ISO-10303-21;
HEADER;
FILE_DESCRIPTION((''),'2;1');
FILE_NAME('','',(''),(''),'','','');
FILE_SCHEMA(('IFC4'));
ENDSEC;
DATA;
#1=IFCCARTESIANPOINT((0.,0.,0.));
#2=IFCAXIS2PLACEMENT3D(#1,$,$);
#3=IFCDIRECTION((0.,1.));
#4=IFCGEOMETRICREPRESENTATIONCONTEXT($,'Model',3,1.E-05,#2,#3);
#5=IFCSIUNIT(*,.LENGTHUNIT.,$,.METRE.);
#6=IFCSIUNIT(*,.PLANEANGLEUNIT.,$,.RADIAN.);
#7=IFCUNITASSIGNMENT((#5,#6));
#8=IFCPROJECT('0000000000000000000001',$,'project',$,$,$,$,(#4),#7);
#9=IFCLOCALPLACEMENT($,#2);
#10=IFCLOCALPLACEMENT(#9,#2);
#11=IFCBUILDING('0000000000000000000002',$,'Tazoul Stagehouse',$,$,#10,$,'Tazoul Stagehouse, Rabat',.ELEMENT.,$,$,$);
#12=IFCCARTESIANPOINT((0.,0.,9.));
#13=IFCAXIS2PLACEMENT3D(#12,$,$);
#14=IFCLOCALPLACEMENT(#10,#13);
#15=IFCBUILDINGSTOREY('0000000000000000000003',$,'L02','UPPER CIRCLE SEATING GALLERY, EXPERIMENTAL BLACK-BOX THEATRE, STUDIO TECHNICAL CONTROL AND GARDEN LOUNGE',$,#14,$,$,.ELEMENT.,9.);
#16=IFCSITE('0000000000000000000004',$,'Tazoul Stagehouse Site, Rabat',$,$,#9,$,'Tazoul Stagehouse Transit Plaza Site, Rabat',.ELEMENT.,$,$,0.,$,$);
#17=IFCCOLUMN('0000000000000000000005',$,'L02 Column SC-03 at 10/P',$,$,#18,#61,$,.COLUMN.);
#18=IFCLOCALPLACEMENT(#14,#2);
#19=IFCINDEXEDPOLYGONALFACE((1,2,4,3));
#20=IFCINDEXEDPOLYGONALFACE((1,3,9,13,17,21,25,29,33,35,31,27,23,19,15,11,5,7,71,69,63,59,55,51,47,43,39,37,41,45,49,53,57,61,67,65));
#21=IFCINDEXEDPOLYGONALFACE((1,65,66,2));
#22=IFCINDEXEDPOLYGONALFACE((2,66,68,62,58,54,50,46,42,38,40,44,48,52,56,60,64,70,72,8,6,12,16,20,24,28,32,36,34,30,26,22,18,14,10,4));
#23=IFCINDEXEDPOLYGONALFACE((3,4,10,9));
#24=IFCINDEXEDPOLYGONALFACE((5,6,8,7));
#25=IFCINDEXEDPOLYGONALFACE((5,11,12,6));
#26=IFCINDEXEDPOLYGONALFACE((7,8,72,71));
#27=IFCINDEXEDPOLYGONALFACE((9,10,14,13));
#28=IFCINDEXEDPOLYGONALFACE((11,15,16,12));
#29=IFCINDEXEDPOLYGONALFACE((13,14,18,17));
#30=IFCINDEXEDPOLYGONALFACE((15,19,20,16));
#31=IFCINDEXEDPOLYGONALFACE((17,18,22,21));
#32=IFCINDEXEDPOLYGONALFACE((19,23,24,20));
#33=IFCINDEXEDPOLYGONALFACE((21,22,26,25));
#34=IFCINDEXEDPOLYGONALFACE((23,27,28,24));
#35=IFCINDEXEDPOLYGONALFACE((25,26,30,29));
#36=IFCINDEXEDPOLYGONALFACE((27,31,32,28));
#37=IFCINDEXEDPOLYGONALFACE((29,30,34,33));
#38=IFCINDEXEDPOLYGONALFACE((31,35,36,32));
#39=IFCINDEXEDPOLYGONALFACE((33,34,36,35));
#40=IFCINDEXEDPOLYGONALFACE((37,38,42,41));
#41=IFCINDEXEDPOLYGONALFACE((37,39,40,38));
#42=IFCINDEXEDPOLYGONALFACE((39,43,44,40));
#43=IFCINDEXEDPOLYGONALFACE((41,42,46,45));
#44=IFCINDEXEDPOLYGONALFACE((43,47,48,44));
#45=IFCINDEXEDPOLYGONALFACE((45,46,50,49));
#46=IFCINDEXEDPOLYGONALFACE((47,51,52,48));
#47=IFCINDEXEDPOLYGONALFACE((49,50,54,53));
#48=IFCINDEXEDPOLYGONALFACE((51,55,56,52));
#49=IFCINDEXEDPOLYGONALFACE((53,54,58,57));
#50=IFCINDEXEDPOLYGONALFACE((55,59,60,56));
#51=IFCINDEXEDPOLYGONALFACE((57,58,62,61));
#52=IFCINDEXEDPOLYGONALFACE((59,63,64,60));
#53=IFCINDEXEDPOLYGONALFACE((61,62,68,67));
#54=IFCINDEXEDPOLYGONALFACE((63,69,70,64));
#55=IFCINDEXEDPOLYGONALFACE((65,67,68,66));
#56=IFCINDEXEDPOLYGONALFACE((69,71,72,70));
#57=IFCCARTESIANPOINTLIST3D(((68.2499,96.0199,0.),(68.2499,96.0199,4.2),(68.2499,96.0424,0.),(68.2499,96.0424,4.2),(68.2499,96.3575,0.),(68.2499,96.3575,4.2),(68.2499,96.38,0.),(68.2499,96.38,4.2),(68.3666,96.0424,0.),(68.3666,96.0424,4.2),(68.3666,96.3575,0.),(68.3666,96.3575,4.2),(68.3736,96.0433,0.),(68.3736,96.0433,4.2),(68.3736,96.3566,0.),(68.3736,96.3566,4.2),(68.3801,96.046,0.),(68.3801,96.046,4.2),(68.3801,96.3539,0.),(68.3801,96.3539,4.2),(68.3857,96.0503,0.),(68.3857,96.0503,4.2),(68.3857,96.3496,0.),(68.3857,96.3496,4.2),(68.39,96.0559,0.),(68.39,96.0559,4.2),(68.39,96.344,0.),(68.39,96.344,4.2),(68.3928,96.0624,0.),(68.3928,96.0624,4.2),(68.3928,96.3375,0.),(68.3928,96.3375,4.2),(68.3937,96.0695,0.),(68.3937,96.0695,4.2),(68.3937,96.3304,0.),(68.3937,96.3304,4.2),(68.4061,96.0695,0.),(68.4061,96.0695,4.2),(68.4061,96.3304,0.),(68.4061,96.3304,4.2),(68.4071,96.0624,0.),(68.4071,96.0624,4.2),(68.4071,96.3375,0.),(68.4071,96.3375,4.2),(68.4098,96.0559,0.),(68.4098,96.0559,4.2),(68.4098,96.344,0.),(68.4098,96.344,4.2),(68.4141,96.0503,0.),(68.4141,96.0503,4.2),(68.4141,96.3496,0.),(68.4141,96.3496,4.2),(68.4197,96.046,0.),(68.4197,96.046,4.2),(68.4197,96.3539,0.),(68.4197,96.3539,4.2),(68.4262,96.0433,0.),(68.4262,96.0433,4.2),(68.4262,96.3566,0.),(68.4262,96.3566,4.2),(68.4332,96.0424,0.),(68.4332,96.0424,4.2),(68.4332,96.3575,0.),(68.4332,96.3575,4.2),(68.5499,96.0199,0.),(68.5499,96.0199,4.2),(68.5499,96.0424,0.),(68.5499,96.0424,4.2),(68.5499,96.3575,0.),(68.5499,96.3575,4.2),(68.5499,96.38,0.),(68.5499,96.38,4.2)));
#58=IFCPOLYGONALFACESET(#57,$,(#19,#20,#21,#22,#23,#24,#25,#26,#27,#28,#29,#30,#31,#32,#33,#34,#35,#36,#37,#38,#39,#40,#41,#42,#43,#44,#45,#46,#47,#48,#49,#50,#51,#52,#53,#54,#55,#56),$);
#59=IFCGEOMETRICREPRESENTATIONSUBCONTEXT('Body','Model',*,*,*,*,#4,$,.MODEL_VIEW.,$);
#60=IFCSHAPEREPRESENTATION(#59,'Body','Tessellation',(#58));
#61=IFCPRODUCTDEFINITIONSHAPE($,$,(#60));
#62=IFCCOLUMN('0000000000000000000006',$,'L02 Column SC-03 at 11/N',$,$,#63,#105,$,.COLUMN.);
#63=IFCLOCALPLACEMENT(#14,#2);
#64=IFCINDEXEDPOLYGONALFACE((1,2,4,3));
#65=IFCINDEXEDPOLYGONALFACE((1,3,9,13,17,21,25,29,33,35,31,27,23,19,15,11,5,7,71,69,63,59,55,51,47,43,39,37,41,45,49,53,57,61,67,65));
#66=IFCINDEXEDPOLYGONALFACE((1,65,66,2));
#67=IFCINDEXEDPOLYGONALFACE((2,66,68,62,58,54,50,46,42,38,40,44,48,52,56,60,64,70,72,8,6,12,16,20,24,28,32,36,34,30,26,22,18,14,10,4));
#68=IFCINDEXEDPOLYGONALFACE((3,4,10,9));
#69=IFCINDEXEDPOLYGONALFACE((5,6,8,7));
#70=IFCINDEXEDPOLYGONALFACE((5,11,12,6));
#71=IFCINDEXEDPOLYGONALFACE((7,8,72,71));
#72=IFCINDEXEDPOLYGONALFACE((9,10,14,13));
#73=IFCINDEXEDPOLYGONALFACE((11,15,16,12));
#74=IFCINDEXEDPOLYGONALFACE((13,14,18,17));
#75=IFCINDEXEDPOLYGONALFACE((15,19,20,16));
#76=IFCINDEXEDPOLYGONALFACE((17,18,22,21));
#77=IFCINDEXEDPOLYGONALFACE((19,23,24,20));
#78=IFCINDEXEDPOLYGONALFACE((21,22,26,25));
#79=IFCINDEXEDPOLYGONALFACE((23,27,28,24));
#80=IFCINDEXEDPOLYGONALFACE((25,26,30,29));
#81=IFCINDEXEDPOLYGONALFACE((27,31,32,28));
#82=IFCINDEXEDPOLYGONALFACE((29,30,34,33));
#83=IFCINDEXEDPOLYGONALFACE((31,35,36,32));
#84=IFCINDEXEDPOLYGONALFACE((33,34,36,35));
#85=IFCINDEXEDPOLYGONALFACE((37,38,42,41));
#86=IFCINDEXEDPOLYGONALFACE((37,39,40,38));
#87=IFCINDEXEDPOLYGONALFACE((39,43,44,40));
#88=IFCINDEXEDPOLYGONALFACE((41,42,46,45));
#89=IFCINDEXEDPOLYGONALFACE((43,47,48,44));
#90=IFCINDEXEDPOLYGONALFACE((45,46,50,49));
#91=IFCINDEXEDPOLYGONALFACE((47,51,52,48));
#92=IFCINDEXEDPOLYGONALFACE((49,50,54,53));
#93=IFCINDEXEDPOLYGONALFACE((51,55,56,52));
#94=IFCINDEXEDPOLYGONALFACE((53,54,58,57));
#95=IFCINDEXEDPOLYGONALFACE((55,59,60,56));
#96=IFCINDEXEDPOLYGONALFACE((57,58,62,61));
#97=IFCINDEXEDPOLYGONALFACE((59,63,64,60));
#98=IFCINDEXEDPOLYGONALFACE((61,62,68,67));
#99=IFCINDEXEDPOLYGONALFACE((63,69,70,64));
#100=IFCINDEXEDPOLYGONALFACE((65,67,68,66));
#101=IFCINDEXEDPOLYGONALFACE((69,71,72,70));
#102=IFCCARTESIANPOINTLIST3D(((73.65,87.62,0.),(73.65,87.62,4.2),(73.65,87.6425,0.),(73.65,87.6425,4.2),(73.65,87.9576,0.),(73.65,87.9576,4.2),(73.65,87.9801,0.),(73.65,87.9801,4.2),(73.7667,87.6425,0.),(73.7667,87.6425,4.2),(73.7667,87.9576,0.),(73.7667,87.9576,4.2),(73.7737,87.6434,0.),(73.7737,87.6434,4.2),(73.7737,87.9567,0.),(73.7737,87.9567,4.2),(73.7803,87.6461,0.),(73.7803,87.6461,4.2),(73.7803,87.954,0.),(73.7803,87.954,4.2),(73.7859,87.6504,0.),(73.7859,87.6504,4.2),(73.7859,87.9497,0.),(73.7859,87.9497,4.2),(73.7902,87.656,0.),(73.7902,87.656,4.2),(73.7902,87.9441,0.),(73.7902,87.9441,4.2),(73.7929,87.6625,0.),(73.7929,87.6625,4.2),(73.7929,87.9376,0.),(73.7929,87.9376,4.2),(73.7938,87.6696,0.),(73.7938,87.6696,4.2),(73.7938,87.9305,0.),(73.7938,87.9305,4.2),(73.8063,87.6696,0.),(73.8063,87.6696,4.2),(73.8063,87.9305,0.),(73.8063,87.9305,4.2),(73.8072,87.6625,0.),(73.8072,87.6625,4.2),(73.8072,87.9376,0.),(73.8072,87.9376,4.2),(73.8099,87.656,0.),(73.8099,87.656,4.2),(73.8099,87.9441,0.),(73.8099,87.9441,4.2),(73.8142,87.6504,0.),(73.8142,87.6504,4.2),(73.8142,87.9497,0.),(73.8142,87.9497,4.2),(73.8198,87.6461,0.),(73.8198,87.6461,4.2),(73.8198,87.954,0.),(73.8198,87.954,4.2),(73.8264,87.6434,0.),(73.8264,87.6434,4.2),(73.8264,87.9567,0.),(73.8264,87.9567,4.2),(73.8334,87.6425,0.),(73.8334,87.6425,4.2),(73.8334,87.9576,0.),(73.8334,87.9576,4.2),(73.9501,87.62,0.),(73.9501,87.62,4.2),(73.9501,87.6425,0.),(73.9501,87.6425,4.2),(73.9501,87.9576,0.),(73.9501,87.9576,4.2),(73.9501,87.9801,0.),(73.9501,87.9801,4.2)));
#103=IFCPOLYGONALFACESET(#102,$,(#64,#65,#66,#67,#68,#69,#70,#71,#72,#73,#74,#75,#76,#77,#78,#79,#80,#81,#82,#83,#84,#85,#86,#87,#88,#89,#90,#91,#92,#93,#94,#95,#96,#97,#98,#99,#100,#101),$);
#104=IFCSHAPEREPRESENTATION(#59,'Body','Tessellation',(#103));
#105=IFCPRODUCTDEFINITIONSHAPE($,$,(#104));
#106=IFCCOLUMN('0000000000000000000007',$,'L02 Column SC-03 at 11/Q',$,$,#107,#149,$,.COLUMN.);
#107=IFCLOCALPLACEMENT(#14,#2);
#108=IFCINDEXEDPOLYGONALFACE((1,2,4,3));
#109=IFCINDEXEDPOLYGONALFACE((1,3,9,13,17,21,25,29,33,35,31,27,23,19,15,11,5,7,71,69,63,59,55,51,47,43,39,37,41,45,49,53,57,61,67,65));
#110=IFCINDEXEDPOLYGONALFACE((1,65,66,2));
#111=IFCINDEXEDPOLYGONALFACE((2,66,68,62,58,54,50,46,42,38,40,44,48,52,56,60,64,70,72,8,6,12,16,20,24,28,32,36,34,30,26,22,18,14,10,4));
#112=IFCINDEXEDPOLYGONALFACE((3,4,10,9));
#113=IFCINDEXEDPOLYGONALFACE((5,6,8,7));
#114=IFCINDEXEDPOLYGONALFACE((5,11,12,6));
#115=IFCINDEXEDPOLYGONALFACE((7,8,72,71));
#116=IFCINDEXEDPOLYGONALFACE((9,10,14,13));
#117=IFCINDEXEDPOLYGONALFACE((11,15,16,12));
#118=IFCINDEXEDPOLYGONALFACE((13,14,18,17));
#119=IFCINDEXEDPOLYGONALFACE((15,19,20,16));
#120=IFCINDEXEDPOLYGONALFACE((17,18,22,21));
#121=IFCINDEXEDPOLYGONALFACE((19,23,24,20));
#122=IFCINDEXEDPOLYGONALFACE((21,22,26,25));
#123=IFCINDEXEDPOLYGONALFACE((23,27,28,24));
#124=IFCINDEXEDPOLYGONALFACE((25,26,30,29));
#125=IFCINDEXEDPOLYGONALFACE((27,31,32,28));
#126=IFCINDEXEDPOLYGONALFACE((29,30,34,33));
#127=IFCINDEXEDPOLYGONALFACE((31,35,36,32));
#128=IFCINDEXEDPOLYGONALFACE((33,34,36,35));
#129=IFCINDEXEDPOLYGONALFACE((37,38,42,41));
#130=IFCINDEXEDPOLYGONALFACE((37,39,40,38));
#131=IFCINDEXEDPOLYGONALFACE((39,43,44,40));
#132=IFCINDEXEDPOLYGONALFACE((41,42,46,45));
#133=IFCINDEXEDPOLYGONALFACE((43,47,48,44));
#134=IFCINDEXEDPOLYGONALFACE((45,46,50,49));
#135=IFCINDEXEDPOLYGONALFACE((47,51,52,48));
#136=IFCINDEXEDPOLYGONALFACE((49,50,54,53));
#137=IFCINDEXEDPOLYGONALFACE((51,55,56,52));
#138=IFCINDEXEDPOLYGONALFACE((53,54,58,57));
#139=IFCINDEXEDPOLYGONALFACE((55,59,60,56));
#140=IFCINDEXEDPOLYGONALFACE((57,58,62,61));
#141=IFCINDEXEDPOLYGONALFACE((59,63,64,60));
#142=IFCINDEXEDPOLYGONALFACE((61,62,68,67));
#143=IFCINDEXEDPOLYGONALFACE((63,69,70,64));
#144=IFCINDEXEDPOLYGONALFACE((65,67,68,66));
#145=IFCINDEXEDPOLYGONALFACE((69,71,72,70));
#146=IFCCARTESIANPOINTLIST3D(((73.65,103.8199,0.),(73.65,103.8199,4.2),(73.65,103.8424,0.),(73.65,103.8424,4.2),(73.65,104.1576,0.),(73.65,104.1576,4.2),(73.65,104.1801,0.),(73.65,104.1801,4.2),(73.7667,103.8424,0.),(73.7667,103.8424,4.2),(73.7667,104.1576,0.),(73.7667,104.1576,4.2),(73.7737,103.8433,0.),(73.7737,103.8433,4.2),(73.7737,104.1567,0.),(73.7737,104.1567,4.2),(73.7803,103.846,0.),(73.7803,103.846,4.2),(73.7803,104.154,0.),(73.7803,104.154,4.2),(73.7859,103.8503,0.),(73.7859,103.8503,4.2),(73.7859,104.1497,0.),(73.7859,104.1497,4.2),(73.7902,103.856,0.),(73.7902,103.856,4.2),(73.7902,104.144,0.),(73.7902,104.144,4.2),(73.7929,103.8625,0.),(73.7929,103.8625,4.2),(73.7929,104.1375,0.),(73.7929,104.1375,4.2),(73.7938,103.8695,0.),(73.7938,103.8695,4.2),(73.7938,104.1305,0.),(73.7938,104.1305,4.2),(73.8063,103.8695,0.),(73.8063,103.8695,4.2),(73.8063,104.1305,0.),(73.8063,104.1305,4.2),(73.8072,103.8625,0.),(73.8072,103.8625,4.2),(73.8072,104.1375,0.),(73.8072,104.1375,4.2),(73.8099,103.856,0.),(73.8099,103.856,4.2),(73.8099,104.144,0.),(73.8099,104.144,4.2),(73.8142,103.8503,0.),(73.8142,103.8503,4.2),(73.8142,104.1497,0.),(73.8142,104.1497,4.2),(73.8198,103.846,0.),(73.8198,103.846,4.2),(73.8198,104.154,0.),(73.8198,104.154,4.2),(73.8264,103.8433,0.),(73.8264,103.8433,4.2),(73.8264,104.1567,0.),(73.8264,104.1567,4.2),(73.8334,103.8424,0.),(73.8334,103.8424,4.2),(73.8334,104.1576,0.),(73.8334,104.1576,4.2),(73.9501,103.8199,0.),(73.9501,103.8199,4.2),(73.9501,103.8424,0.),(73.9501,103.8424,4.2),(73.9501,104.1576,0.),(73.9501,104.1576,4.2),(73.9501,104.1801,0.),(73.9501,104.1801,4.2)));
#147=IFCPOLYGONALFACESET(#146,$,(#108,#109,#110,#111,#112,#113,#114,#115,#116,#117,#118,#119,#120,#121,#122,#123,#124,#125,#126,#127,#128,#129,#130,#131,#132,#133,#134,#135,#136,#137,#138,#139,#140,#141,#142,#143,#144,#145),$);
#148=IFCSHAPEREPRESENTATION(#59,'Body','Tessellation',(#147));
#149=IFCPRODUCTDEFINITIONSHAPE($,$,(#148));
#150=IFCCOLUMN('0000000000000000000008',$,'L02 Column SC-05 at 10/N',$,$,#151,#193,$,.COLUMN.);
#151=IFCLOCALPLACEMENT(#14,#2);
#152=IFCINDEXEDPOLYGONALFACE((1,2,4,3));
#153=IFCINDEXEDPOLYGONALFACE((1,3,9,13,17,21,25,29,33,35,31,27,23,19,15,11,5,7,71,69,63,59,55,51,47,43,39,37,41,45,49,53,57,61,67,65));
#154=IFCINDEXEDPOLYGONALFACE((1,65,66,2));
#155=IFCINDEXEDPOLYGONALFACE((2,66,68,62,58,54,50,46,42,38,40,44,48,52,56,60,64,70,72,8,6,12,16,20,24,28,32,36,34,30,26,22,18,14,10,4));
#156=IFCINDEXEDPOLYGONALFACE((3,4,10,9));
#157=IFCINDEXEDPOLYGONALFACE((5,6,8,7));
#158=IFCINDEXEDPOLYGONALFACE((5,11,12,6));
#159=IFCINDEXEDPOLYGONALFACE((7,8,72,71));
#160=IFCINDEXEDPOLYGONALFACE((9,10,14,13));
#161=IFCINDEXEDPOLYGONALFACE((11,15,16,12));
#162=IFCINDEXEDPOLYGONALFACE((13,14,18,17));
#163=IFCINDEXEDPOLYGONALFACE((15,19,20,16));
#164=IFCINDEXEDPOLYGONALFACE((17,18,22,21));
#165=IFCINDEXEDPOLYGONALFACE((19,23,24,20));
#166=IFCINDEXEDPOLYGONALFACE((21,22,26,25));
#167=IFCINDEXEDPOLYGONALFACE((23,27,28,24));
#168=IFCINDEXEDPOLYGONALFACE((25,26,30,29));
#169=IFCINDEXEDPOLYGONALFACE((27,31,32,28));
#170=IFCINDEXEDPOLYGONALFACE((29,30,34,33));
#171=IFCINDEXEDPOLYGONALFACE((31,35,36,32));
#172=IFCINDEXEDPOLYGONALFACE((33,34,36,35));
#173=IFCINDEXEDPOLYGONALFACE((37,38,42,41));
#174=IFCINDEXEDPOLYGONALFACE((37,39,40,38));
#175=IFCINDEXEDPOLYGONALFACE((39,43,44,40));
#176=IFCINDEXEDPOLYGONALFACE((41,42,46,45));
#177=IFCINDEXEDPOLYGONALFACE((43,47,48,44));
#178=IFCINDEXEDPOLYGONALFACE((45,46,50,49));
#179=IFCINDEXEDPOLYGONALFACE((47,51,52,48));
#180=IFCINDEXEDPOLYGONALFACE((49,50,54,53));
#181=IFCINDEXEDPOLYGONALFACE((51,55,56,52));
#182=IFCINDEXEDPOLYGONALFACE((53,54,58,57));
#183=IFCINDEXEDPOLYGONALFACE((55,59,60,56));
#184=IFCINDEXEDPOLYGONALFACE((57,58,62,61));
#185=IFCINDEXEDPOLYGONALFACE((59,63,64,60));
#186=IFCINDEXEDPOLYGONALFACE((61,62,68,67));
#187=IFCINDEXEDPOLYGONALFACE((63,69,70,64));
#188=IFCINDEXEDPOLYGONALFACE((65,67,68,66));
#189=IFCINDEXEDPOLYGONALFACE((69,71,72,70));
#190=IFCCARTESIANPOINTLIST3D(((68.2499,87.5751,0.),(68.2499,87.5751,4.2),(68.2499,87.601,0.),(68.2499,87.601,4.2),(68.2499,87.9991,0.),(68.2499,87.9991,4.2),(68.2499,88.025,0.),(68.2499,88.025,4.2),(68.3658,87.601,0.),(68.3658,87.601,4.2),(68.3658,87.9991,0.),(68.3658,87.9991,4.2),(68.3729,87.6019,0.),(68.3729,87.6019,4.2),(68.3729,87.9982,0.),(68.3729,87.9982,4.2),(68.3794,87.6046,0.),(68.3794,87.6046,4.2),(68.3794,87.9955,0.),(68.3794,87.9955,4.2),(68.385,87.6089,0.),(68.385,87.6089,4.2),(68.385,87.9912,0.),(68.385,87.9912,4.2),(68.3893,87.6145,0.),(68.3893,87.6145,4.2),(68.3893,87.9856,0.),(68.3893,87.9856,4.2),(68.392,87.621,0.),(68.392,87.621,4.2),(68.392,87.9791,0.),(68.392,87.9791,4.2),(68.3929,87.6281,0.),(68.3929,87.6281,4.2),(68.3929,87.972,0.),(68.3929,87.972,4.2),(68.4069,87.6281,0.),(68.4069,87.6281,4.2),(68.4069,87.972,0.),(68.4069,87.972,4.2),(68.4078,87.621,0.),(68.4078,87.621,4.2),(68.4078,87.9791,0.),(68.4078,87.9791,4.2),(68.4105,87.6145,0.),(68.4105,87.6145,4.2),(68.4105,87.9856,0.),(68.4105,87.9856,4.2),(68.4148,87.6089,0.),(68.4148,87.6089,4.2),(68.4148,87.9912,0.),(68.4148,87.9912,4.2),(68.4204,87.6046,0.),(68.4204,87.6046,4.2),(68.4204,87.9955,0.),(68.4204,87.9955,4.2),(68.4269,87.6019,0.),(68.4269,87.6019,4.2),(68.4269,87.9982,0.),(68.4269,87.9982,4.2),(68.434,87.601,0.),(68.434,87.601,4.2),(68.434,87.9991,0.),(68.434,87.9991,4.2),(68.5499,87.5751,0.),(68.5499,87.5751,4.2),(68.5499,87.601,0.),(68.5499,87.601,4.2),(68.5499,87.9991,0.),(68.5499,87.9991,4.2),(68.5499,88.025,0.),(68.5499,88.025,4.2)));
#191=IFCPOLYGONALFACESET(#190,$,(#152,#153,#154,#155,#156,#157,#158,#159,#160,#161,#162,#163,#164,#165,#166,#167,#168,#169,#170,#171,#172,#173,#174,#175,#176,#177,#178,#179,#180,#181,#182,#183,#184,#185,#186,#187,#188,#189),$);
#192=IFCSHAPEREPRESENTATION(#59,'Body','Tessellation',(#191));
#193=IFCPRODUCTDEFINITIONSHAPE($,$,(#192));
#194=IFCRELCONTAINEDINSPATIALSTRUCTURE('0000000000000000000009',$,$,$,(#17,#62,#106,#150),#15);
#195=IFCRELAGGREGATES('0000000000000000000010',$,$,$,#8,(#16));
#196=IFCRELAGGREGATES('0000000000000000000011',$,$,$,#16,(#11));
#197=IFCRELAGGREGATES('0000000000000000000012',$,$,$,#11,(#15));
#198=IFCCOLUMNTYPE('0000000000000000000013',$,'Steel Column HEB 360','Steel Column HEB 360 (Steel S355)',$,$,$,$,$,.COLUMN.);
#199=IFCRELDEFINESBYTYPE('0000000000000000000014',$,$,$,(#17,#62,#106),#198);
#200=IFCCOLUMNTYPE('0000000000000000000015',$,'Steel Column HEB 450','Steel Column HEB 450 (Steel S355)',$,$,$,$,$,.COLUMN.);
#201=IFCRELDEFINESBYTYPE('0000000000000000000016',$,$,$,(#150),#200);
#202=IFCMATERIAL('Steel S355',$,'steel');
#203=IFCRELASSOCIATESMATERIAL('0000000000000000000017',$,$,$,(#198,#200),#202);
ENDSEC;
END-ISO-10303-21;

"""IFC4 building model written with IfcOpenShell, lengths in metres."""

from ifc_helpers import new_model, si_unit, direction, frame, origin, origin_2d, place, context, subcontext, project, spatial, i_section, extrude, material, material_profile, profile_set, type_object, element, save


model = new_model("IFC4")

# Units and contexts
model_context = context("Model", 3, precision=1e-05, world=origin(), true_north=direction((0.0, 1.0)))
body_context = subcontext(model_context, "Body", "Model", "MODEL_VIEW")
ifc_project = project(units=[si_unit("LENGTHUNIT", "METRE"), si_unit("PLANEANGLEUNIT", "RADIAN")], contexts=[model_context])

# Site, building, storey
site_placement = place(None, origin())
site = spatial("IfcSite", under=ifc_project, at=site_placement, Name="Tazoul Stagehouse Site, Rabat", LongName="Tazoul Stagehouse Transit Plaza Site, Rabat", CompositionType="ELEMENT", RefElevation=0.0)
building_placement = place(site_placement, origin())
building = spatial("IfcBuilding", under=site, at=building_placement, Name="Tazoul Stagehouse", LongName="Tazoul Stagehouse, Rabat", CompositionType="ELEMENT")
storey_placement = place(building_placement, frame((0.0, 0.0, 9.0)))
storey = spatial("IfcBuildingStorey", under=building, at=storey_placement, Name="L02", Description="UPPER CIRCLE SEATING GALLERY, EXPERIMENTAL BLACK-BOX THEATRE, STUDIO TECHNICAL CONTROL AND GARDEN LOUNGE", CompositionType="ELEMENT", Elevation=9.0)

# Columns
ifc_material_1 = material(Name="Steel S355", Category="steel")
ifc_material_profile_1 = material_profile(ifc_material_1, i_section(OverallWidth=0.3, OverallDepth=0.3601, WebThickness=0.0125, FlangeThickness=0.0225, FilletRadius=0.0271, at=origin_2d()), Name="HEB 360")
ifc_profile_set_1 = profile_set([ifc_material_profile_1], Name="Steel S355")
column_type_1 = type_object("IfcColumnType", Name="Steel Column HEB 360", Description="Steel Column HEB 360 (Steel S355)", PredefinedType="COLUMN", material=ifc_profile_set_1)
for number, where, z_axis, x_axis, name in (
    (1, (68.3999, 96.2, 0.0), (0.0, 0.0, 1.0), (1.0, 0.0, 0.0), "L02 Column SC-03 at 10/P"),
    (2, (73.8, 87.8, 0.0), (0.0, 0.0, 1.0), (1.0, 0.0, 0.0), "L02 Column SC-03 at 11/N"),
    (3, (73.8, 104.0, 0.0), (0.0, 0.0, 1.0), (1.0, 0.0, 0.0), "L02 Column SC-03 at 11/Q"),
):
    element("IfcColumn", number, at=place(storey_placement, frame(where, z_axis=z_axis, x_axis=x_axis)), inside=storey, type_object=column_type_1, Name=name, PredefinedType="COLUMN", context=body_context, shape_type="SweptSolid", body=[
        extrude(i_section(OverallWidth=0.3, OverallDepth=0.3601, WebThickness=0.0125, FlangeThickness=0.0225, FilletRadius=0.0271, at=origin_2d()), origin(), (0.0, 0.0, 1.0), 4.2),
    ])
ifc_material_profile_2 = material_profile(ifc_material_1, i_section(OverallWidth=0.3, OverallDepth=0.45, WebThickness=0.0139, FlangeThickness=0.0259, FilletRadius=0.0271, at=origin_2d()), Name="HEB 450")
ifc_profile_set_2 = profile_set([ifc_material_profile_2], Name="Steel S355")
column_type_2 = type_object("IfcColumnType", Name="Steel Column HEB 450", Description="Steel Column HEB 450 (Steel S355)", PredefinedType="COLUMN", material=ifc_profile_set_2)
for number, where, z_axis, x_axis, name in (
    (4, (68.3999, 87.8, 0.0), (0.0, 0.0, 1.0), (1.0, 0.0, 0.0), "L02 Column SC-05 at 10/N"),
):
    element("IfcColumn", number, at=place(storey_placement, frame(where, z_axis=z_axis, x_axis=x_axis)), inside=storey, type_object=column_type_2, Name=name, PredefinedType="COLUMN", context=body_context, shape_type="SweptSolid", body=[
        extrude(i_section(OverallWidth=0.3, OverallDepth=0.45, WebThickness=0.0139, FlangeThickness=0.0259, FilletRadius=0.0271, at=origin_2d()), origin(), (0.0, 0.0, 1.0), 4.2),
    ])

save(model, "model.ifc")
